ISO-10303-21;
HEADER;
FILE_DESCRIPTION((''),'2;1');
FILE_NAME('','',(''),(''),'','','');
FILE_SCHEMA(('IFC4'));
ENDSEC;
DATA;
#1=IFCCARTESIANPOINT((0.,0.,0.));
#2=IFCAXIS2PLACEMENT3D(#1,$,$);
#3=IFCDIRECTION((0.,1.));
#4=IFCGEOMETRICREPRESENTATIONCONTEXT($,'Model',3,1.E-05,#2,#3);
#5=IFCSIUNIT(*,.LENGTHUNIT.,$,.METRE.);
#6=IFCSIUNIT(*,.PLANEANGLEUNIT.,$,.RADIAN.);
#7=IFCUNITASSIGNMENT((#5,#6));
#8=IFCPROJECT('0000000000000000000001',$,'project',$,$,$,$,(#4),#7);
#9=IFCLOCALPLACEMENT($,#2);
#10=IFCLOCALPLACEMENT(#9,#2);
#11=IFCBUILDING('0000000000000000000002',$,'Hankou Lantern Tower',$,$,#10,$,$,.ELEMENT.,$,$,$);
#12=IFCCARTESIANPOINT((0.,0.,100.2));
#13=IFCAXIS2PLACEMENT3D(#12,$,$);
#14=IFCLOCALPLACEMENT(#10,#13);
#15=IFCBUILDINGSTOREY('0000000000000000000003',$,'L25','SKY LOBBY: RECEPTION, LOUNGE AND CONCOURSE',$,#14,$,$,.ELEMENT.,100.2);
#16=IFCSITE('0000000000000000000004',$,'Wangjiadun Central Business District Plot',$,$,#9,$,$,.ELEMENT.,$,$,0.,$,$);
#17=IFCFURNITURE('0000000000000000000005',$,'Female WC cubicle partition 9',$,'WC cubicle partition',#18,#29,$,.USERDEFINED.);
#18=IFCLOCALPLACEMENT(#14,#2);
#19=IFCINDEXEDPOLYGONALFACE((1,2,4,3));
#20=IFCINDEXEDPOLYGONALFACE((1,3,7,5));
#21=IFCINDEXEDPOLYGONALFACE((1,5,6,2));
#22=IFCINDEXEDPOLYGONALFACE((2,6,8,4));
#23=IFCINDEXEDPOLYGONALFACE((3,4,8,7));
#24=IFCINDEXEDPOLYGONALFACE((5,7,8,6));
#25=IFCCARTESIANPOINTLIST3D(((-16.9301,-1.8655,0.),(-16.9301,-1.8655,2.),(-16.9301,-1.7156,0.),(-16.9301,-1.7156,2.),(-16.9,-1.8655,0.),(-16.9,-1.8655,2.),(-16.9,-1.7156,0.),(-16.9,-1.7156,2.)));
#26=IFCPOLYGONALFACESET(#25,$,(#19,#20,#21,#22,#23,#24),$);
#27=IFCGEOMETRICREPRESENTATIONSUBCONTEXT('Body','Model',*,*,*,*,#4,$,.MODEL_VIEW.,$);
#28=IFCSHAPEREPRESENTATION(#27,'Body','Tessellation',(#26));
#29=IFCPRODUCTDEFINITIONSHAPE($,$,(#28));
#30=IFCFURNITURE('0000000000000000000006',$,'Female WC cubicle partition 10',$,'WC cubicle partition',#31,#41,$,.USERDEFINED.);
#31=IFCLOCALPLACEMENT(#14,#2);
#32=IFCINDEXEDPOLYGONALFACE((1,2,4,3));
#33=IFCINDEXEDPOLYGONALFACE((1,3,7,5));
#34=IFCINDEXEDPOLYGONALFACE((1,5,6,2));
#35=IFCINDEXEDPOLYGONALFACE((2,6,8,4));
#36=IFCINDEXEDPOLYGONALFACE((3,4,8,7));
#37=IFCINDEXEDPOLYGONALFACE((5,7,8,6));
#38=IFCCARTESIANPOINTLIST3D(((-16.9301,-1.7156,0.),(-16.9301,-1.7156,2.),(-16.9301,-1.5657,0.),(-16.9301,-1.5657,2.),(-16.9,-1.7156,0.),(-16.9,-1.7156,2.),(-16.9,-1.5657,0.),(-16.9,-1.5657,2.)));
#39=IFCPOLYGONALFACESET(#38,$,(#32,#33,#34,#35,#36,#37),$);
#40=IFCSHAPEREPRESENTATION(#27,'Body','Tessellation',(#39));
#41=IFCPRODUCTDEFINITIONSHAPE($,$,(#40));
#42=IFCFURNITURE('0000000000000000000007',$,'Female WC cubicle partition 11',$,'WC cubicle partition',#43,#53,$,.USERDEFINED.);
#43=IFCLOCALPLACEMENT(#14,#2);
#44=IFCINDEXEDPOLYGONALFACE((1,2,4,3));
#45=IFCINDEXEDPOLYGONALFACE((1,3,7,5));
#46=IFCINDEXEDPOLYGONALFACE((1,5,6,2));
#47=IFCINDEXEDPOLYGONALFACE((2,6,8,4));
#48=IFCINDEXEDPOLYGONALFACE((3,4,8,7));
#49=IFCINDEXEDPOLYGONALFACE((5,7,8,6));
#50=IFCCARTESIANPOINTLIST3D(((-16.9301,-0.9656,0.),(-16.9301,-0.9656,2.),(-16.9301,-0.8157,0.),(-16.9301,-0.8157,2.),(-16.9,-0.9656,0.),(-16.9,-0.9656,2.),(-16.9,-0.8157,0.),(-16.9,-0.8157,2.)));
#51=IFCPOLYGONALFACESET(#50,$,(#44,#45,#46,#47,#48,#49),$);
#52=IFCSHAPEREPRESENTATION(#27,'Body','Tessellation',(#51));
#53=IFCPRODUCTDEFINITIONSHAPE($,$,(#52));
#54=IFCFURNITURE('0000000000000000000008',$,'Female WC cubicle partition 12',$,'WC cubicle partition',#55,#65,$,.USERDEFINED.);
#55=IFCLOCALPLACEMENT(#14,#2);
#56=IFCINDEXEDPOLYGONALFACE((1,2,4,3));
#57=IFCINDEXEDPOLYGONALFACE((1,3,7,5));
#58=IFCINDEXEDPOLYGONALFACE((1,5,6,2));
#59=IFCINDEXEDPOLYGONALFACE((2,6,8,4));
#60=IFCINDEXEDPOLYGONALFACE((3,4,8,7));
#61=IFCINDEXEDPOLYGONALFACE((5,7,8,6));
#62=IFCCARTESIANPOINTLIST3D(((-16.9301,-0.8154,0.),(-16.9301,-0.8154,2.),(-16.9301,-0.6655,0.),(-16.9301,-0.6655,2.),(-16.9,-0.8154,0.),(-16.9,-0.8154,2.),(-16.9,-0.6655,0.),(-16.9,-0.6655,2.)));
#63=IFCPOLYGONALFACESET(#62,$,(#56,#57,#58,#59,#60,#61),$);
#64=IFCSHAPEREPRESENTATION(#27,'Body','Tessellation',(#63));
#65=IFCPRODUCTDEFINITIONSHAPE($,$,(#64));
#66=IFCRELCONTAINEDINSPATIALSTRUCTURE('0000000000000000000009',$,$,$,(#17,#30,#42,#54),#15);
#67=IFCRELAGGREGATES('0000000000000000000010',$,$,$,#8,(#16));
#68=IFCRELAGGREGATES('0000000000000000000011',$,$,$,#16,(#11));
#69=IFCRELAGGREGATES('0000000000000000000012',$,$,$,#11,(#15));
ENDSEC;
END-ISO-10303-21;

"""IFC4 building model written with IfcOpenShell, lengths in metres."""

from ifc_helpers import new_model, si_unit, direction, frame, origin, origin_2d, place, context, subcontext, project, spatial, rectangle, extrude, element, save


model = new_model("IFC4")

# Units and contexts
model_context = context("Model", 3, precision=1e-05, world=origin(), true_north=direction((0.0, 1.0)))
body_context = subcontext(model_context, "Body", "Model", "MODEL_VIEW")
ifc_project = project(units=[si_unit("LENGTHUNIT", "METRE"), si_unit("PLANEANGLEUNIT", "RADIAN")], contexts=[model_context])

# Site, building, storey
site_placement = place(None, origin())
site = spatial("IfcSite", under=ifc_project, at=site_placement, Name="Wangjiadun Central Business District Plot", CompositionType="ELEMENT", RefElevation=0.0)
building_placement = place(site_placement, origin())
building = spatial("IfcBuilding", under=site, at=building_placement, Name="Hankou Lantern Tower", CompositionType="ELEMENT")
storey_placement = place(building_placement, frame((0.0, 0.0, 100.2)))
storey = spatial("IfcBuildingStorey", under=building, at=storey_placement, Name="L25", Description="SKY LOBBY: RECEPTION, LOUNGE AND CONCOURSE", CompositionType="ELEMENT", Elevation=100.2)

# Furniture
for number, where, z_axis, x_axis, name in (
    (1, (-16.915, -1.7905, 0.0), (0.0, 0.0, 1.0), (0.0, 1.0, 0.0), "Female WC cubicle partition 9"),
    (2, (-16.915, -1.6406, 0.0), (0.0, 0.0, 1.0), (0.0, 1.0, 0.0), "Female WC cubicle partition 10"),
    (3, (-16.915, -0.8906, 0.0), (0.0, 0.0, 1.0), (0.0, 1.0, 0.0), "Female WC cubicle partition 11"),
    (4, (-16.915, -0.7405, 0.0), (0.0, 0.0, 1.0), (0.0, 1.0, 0.0), "Female WC cubicle partition 12"),
):
    element("IfcFurniture", number, at=place(storey_placement, frame(where, z_axis=z_axis, x_axis=x_axis)), inside=storey, Name=name, ObjectType="WC cubicle partition", PredefinedType="USERDEFINED", context=body_context, shape_type="SweptSolid", body=[
        extrude(rectangle(XDim=0.1499, YDim=0.03, at=origin_2d()), origin(), (0.0, 0.0, 1.0), 2.0),
    ])

save(model, "model.ifc")
